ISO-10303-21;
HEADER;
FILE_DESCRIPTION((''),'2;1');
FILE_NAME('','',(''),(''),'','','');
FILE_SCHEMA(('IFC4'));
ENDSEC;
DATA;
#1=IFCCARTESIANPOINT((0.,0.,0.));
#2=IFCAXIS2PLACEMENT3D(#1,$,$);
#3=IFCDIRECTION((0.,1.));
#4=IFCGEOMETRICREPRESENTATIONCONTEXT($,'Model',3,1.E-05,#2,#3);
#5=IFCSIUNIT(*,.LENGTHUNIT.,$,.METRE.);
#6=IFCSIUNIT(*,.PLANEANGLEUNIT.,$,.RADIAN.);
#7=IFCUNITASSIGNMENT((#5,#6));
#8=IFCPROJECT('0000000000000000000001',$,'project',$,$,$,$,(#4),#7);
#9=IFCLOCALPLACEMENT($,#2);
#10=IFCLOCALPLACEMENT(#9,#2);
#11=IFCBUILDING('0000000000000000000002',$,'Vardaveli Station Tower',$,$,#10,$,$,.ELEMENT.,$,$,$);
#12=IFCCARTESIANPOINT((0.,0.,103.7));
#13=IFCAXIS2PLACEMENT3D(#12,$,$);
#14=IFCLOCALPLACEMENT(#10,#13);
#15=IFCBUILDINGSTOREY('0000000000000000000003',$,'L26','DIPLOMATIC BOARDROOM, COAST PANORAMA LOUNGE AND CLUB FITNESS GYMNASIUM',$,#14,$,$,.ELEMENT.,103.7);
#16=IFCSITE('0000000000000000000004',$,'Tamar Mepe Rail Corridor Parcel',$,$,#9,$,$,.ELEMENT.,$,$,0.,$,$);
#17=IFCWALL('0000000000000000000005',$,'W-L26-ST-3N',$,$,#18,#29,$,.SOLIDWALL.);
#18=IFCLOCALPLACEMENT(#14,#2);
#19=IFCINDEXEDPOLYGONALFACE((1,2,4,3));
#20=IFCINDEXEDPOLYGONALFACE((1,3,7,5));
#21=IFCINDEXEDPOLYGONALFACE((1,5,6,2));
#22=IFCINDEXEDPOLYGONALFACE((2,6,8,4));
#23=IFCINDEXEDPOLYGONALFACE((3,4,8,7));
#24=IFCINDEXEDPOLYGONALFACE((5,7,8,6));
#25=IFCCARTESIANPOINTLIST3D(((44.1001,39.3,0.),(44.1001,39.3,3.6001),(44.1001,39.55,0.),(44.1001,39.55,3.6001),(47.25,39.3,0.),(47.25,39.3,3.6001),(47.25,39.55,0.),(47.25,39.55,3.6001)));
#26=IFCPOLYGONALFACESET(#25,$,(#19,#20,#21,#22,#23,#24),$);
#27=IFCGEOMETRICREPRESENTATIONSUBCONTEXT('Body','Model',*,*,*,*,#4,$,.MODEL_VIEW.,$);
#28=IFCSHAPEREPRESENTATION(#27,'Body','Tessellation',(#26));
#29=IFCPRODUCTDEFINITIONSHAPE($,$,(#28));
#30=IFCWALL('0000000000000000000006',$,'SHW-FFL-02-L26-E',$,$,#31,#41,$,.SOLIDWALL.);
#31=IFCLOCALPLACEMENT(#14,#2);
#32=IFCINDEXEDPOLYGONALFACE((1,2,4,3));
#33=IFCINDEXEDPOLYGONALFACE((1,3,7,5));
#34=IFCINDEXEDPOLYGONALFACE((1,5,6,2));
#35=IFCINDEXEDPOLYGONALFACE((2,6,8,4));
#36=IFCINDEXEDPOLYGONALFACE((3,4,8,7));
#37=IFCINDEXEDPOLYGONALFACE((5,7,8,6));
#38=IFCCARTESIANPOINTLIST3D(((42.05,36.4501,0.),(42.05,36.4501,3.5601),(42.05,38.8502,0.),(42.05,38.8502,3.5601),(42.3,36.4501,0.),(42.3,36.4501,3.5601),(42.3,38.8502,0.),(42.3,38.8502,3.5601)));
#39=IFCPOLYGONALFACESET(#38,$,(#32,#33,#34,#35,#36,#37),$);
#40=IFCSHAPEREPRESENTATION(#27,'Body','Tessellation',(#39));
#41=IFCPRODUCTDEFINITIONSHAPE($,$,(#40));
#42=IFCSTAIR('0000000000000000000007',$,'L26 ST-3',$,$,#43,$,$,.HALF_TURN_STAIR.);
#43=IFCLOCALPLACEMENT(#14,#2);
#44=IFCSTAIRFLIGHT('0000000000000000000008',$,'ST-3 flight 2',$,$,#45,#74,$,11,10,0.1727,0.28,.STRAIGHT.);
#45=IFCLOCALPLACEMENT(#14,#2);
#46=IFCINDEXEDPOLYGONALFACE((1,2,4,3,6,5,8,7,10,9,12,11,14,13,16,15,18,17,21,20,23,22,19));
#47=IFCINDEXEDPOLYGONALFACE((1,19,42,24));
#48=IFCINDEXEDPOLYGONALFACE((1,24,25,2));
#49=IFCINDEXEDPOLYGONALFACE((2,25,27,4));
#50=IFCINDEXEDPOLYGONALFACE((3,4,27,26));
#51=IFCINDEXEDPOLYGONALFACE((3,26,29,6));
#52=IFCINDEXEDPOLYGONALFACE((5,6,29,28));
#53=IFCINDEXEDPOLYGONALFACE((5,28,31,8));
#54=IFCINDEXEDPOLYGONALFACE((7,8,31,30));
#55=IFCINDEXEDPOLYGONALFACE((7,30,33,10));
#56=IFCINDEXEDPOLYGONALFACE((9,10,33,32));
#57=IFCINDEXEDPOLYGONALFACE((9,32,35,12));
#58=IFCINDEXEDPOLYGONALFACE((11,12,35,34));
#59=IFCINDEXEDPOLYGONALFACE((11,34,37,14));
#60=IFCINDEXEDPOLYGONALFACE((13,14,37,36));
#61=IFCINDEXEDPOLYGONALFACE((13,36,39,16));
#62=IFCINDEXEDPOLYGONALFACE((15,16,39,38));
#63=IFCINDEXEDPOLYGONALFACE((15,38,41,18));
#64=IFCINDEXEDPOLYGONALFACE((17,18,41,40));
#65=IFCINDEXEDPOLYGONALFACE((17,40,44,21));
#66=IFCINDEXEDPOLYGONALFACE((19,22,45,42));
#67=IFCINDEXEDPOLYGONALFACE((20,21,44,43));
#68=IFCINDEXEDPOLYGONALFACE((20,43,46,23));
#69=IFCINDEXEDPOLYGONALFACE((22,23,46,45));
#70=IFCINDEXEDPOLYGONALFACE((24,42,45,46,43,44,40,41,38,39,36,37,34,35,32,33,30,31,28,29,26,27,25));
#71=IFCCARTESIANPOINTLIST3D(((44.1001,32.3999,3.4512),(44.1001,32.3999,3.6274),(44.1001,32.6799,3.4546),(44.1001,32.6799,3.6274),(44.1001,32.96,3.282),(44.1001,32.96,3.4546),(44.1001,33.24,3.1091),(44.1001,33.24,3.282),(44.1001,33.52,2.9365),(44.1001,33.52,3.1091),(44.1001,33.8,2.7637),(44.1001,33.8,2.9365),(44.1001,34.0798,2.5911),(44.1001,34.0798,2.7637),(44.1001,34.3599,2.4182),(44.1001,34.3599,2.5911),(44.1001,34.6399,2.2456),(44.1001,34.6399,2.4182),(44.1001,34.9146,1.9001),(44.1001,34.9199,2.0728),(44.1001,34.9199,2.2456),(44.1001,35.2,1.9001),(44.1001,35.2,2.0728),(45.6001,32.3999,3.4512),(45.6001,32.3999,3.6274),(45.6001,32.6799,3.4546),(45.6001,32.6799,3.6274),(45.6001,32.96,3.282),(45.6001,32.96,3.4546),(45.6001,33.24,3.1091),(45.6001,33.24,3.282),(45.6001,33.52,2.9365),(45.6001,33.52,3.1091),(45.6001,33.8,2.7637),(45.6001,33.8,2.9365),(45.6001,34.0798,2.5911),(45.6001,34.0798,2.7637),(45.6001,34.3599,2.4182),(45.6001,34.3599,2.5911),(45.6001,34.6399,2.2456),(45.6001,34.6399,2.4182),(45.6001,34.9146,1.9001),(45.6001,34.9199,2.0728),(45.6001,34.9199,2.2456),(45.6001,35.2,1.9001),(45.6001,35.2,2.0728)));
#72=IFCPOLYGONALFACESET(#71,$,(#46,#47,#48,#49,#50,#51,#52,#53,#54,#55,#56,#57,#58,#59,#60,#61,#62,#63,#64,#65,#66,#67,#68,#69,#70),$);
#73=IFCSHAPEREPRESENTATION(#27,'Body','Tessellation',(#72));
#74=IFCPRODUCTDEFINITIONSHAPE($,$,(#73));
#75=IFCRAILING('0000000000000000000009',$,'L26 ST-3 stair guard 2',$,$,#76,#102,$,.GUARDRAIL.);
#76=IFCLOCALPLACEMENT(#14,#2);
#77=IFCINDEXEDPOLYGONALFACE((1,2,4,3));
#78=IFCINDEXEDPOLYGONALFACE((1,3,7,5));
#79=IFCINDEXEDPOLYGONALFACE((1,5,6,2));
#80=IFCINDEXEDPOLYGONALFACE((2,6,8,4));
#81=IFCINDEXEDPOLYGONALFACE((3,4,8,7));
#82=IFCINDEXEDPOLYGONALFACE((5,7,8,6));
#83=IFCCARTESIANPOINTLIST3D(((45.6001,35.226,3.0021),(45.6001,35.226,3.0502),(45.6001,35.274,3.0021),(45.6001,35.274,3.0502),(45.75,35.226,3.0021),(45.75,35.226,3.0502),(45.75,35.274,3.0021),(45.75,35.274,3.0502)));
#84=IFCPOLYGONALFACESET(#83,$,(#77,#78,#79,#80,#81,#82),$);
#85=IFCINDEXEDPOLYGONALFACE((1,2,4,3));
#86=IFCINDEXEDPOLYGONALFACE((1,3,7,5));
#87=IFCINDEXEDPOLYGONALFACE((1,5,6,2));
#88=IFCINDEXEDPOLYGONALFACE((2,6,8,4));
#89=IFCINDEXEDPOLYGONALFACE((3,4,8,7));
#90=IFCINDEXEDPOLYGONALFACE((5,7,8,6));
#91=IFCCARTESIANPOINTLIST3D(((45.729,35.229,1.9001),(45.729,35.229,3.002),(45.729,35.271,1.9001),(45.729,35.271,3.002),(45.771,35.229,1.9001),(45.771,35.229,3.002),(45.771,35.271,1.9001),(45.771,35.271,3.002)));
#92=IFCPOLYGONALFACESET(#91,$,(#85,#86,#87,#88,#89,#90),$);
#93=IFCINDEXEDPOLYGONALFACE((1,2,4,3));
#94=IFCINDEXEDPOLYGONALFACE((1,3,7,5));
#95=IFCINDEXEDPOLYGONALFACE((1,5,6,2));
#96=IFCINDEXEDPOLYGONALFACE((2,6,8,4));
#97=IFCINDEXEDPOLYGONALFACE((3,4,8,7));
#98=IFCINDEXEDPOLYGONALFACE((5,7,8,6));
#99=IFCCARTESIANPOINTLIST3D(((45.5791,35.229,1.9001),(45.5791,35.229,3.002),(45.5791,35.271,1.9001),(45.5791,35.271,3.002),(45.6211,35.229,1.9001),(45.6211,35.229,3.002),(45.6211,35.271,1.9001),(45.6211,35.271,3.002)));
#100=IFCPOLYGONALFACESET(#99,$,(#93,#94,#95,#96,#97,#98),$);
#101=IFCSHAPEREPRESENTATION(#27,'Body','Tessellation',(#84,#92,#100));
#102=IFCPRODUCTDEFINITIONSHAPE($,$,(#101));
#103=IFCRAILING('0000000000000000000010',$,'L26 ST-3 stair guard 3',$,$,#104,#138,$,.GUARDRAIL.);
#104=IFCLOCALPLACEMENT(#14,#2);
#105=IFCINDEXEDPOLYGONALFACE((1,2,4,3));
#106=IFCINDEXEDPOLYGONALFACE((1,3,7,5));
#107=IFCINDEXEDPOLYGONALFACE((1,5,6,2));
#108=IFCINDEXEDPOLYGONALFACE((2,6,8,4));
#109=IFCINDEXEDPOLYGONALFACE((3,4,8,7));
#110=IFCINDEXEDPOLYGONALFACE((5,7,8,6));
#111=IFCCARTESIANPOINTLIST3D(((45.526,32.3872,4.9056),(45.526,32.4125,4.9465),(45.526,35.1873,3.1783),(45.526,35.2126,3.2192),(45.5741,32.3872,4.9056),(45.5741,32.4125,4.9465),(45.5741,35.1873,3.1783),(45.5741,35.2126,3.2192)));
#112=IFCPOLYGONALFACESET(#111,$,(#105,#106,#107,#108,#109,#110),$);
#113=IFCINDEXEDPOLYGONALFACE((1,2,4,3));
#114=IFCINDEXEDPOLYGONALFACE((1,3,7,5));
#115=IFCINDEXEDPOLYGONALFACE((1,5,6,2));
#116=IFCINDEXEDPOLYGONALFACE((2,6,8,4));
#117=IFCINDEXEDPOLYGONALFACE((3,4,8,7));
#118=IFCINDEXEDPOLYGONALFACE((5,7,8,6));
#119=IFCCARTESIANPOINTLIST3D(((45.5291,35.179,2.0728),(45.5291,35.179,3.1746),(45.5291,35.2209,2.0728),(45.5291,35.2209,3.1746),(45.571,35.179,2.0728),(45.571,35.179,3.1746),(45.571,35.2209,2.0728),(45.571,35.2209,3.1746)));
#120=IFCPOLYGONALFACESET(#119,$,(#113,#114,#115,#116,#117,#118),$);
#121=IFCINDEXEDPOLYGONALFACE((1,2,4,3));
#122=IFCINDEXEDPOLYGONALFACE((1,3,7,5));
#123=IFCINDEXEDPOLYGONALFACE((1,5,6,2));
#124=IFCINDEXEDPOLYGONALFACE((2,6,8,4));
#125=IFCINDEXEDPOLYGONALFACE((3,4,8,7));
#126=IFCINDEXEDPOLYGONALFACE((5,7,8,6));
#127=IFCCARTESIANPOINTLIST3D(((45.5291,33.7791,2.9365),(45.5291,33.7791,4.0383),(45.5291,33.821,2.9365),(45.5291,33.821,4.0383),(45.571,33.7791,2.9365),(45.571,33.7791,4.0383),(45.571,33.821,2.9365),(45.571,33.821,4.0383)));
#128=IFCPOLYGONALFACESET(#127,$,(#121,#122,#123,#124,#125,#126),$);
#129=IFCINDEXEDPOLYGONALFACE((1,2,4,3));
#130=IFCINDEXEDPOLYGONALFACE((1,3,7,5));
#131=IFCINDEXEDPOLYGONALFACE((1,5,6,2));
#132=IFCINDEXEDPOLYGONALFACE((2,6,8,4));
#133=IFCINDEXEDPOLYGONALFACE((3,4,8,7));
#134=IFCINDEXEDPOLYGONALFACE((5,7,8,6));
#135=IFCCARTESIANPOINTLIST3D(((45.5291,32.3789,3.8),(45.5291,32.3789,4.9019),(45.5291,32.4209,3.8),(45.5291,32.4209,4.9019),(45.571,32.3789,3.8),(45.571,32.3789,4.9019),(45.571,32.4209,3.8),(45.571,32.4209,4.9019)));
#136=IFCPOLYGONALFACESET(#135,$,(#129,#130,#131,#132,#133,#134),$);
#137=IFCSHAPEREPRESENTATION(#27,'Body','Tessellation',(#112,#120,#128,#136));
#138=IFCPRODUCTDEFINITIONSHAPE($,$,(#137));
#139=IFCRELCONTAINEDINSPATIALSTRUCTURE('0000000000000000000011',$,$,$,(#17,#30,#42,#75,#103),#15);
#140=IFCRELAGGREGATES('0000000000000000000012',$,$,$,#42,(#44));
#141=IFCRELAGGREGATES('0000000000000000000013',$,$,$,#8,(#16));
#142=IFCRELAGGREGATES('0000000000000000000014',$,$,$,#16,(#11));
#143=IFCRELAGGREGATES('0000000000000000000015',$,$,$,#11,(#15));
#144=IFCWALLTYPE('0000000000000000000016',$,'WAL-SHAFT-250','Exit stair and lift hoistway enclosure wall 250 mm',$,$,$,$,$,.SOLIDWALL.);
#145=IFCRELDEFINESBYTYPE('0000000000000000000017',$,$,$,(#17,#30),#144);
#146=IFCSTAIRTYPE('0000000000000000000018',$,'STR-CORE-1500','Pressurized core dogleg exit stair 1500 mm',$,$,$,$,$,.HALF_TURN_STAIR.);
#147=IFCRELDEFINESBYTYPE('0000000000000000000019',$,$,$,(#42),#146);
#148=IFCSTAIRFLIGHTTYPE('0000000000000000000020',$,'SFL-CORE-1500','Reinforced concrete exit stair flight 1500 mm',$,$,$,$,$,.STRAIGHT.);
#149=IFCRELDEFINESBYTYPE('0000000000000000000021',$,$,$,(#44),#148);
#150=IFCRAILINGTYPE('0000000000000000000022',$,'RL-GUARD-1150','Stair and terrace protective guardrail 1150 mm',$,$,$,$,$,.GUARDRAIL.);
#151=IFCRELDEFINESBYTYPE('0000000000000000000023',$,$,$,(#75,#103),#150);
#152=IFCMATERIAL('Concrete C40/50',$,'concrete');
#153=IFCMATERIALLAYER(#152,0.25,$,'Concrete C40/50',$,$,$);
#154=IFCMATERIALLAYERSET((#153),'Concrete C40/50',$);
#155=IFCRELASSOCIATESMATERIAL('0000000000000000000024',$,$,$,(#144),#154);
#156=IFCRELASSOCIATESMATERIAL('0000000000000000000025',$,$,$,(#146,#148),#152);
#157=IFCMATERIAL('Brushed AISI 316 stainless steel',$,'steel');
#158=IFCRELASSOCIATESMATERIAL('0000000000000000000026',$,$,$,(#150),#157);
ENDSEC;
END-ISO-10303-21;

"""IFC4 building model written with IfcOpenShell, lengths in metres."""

from ifc_helpers import new_model, si_unit, direction, frame, frame_2d, origin, origin_2d, place, context, subcontext, project, spatial, polyline, rectangle, outline, extrude, source, transform, mapped, material, layer, layer_set, type_object, element, aggregate, save


model = new_model("IFC4")

# Units and contexts
model_context = context("Model", 3, precision=1e-05, world=origin(), true_north=direction((0.0, 1.0)))
body_context = subcontext(model_context, "Body", "Model", "MODEL_VIEW")
ifc_project = project(units=[si_unit("LENGTHUNIT", "METRE"), si_unit("PLANEANGLEUNIT", "RADIAN")], contexts=[model_context])

# Site, building, storey
site_placement = place(None, origin())
site = spatial("IfcSite", under=ifc_project, at=site_placement, Name="Tamar Mepe Rail Corridor Parcel", CompositionType="ELEMENT", RefElevation=0.0)
building_placement = place(site_placement, origin())
building = spatial("IfcBuilding", under=site, at=building_placement, Name="Vardaveli Station Tower", CompositionType="ELEMENT")
storey_placement = place(building_placement, frame((0.0, 0.0, 103.7)))
storey = spatial("IfcBuildingStorey", under=building, at=storey_placement, Name="L26", Description="DIPLOMATIC BOARDROOM, COAST PANORAMA LOUNGE AND CLUB FITNESS GYMNASIUM", CompositionType="ELEMENT", Elevation=103.7)

# Walls
ifc_material_1 = material(Name="Concrete C40/50", Category="concrete")
ifc_layer_1 = layer(ifc_material_1, 0.25, Name="Concrete C40/50")
ifc_layer_set_1 = layer_set([ifc_layer_1], Name="Concrete C40/50")
wall_type_1 = type_object("IfcWallType", Name="WAL-SHAFT-250", Description="Exit stair and lift hoistway enclosure wall 250 mm", PredefinedType="SOLIDWALL", material=ifc_layer_set_1)
shared_shape_1 = source(origin(), body_context, "Body", "SweptSolid", [
    extrude(rectangle(XDim=3.1499, YDim=0.25, at=frame_2d((1.575, 0.0))), origin(), (0.0, 0.0, 1.0), 3.6001),
])
wall_1_placement = place(storey_placement, frame((44.1001, 39.425, 0.0), z_axis=(0.0, 0.0, 1.0), x_axis=(1.0, 0.0, 0.0)))
element("IfcWall", 1, at=wall_1_placement, inside=storey, type_object=wall_type_1, Name="W-L26-ST-3N", PredefinedType="SOLIDWALL", context=body_context, shape_type="MappedRepresentation", body=[
    mapped(shared_shape_1, transform((0.0, 0.0, 0.0), scale=1.0)),
])
shared_shape_2 = source(origin(), body_context, "Body", "SweptSolid", [
    extrude(rectangle(XDim=2.4001, YDim=0.25, at=frame_2d((1.2002, 0.0))), origin(), (0.0, 0.0, 1.0), 3.5601),
])
wall_2_placement = place(storey_placement, frame((42.175, 36.45, 0.0), z_axis=(0.0, 0.0, 1.0), x_axis=(0.0, 1.0, 0.0)))
element("IfcWall", 2, at=wall_2_placement, inside=storey, type_object=wall_type_1, Name="SHW-FFL-02-L26-E", PredefinedType="SOLIDWALL", context=body_context, shape_type="MappedRepresentation", body=[
    mapped(shared_shape_2, transform((0.0, 0.0, 0.0), scale=1.0)),
])

# Stair, stair flight
stair_type = type_object("IfcStairType", Name="STR-CORE-1500", Description="Pressurized core dogleg exit stair 1500 mm", PredefinedType="HALF_TURN_STAIR", material=ifc_material_1)
stair_placement = place(storey_placement, origin())
stair = element("IfcStair", 3, at=stair_placement, inside=storey, type_object=stair_type, Name="L26 ST-3", PredefinedType="HALF_TURN_STAIR")
stair_flight_type = type_object("IfcStairFlightType", Name="SFL-CORE-1500", Description="Reinforced concrete exit stair flight 1500 mm", PredefinedType="STRAIGHT", material=ifc_material_1)
shared_shape_3 = source(origin(), body_context, "Body", "SweptSolid", [
    extrude(outline(polyline([(0.0, 0.0), (0.0, 0.1726), (0.28, 0.1726), (0.28, 0.3455), (0.5601, 0.3455), (0.5601, 0.5181), (0.8401, 0.5181), (0.8401, 0.6909), (1.1201, 0.6909), (1.1201, 0.8635), (1.3999, 0.8635), (1.3999, 1.0364), (1.6799, 1.0364), (1.6799, 1.209), (1.96, 1.209), (1.96, 1.3818), (2.24, 1.3818), (2.24, 1.5544), (2.52, 1.5544), (2.52, 1.7273), (2.8, 1.7273), (2.8, 1.8999), (2.8, 1.551), (0.2854, 0.0), (0.0, 0.0)])), frame((0.0, 0.75, 0.0), z_axis=(0.0, -1.0, 0.0), x_axis=(1.0, 0.0, 0.0)), (0.0, 0.0, 1.0), 1.5),
])
stair_flight_placement = place(storey_placement, frame((44.8501, 35.2, 1.9001), z_axis=(0.0, 0.0, 1.0), x_axis=(0.0, -1.0, 0.0)))
stair_flight = element("IfcStairFlight", 4, at=stair_flight_placement, type_object=stair_flight_type, Name="ST-3 flight 2", NumberOfRisers=11, NumberOfTreads=10, PredefinedType="STRAIGHT", RiserHeight=0.1727, TreadLength=0.28, context=body_context, shape_type="MappedRepresentation", body=[
    mapped(shared_shape_3, transform((0.0, 0.0, 0.0), scale=1.0)),
])
aggregate(stair, [stair_flight])

# Railings
ifc_material_2 = material(Name="Brushed AISI 316 stainless steel", Category="steel")
railing_type = type_object("IfcRailingType", Name="RL-GUARD-1150", Description="Stair and terrace protective guardrail 1150 mm", PredefinedType="GUARDRAIL", material=ifc_material_2)
shared_shape_4 = source(origin(), body_context, "Body", "SweptSolid", [
    extrude(rectangle(XDim=0.0481, YDim=0.0481, at=origin_2d()), frame((0.0, 0.0, 1.126), z_axis=(-1.0, 0.0, 0.0), x_axis=(0.0, -1.0, 0.0)), (0.0, 0.0, 1.0), 0.1499),
    extrude(rectangle(XDim=0.042, YDim=0.042, at=origin_2d()), origin(), (0.0, 0.0, 1.0), 1.1018),
    extrude(rectangle(XDim=0.042, YDim=0.042, at=origin_2d()), frame((-0.1499, 0.0, 0.0)), (0.0, 0.0, 1.0), 1.1018),
])
railing_1_placement = place(storey_placement, frame((45.75, 35.25, 1.9001)))
element("IfcRailing", 5, at=railing_1_placement, inside=storey, type_object=railing_type, Name="L26 ST-3 stair guard 2", PredefinedType="GUARDRAIL", context=body_context, shape_type="MappedRepresentation", body=[
    mapped(shared_shape_4, transform((0.0, 0.0, 0.0), scale=1.0)),
])
shared_shape_5 = source(origin(), body_context, "Body", "SweptSolid", [
    extrude(rectangle(XDim=0.0481, YDim=0.0481, at=origin_2d()), frame((0.0, 0.0, 1.126), z_axis=(0.0, -0.85109, 0.52502), x_axis=(1.0, 0.0, 0.0)), (0.0, 0.0, 1.0), 3.29),
    extrude(rectangle(XDim=0.042, YDim=0.042, at=origin_2d()), origin(), (0.0, 0.0, 1.0), 1.1018),
    extrude(rectangle(XDim=0.042, YDim=0.042, at=origin_2d()), frame((0.0, -1.3999, 0.8638)), (0.0, 0.0, 1.0), 1.1018),
    extrude(rectangle(XDim=0.042, YDim=0.042, at=origin_2d()), frame((0.0, -2.8, 1.7273)), (0.0, 0.0, 1.0), 1.1018),
])
railing_2_placement = place(storey_placement, frame((45.55, 35.2, 2.0728)))
element("IfcRailing", 6, at=railing_2_placement, inside=storey, type_object=railing_type, Name="L26 ST-3 stair guard 3", PredefinedType="GUARDRAIL", context=body_context, shape_type="MappedRepresentation", body=[
    mapped(shared_shape_5, transform((0.0, 0.0, 0.0), scale=1.0)),
])

save(model, "model.ifc")
